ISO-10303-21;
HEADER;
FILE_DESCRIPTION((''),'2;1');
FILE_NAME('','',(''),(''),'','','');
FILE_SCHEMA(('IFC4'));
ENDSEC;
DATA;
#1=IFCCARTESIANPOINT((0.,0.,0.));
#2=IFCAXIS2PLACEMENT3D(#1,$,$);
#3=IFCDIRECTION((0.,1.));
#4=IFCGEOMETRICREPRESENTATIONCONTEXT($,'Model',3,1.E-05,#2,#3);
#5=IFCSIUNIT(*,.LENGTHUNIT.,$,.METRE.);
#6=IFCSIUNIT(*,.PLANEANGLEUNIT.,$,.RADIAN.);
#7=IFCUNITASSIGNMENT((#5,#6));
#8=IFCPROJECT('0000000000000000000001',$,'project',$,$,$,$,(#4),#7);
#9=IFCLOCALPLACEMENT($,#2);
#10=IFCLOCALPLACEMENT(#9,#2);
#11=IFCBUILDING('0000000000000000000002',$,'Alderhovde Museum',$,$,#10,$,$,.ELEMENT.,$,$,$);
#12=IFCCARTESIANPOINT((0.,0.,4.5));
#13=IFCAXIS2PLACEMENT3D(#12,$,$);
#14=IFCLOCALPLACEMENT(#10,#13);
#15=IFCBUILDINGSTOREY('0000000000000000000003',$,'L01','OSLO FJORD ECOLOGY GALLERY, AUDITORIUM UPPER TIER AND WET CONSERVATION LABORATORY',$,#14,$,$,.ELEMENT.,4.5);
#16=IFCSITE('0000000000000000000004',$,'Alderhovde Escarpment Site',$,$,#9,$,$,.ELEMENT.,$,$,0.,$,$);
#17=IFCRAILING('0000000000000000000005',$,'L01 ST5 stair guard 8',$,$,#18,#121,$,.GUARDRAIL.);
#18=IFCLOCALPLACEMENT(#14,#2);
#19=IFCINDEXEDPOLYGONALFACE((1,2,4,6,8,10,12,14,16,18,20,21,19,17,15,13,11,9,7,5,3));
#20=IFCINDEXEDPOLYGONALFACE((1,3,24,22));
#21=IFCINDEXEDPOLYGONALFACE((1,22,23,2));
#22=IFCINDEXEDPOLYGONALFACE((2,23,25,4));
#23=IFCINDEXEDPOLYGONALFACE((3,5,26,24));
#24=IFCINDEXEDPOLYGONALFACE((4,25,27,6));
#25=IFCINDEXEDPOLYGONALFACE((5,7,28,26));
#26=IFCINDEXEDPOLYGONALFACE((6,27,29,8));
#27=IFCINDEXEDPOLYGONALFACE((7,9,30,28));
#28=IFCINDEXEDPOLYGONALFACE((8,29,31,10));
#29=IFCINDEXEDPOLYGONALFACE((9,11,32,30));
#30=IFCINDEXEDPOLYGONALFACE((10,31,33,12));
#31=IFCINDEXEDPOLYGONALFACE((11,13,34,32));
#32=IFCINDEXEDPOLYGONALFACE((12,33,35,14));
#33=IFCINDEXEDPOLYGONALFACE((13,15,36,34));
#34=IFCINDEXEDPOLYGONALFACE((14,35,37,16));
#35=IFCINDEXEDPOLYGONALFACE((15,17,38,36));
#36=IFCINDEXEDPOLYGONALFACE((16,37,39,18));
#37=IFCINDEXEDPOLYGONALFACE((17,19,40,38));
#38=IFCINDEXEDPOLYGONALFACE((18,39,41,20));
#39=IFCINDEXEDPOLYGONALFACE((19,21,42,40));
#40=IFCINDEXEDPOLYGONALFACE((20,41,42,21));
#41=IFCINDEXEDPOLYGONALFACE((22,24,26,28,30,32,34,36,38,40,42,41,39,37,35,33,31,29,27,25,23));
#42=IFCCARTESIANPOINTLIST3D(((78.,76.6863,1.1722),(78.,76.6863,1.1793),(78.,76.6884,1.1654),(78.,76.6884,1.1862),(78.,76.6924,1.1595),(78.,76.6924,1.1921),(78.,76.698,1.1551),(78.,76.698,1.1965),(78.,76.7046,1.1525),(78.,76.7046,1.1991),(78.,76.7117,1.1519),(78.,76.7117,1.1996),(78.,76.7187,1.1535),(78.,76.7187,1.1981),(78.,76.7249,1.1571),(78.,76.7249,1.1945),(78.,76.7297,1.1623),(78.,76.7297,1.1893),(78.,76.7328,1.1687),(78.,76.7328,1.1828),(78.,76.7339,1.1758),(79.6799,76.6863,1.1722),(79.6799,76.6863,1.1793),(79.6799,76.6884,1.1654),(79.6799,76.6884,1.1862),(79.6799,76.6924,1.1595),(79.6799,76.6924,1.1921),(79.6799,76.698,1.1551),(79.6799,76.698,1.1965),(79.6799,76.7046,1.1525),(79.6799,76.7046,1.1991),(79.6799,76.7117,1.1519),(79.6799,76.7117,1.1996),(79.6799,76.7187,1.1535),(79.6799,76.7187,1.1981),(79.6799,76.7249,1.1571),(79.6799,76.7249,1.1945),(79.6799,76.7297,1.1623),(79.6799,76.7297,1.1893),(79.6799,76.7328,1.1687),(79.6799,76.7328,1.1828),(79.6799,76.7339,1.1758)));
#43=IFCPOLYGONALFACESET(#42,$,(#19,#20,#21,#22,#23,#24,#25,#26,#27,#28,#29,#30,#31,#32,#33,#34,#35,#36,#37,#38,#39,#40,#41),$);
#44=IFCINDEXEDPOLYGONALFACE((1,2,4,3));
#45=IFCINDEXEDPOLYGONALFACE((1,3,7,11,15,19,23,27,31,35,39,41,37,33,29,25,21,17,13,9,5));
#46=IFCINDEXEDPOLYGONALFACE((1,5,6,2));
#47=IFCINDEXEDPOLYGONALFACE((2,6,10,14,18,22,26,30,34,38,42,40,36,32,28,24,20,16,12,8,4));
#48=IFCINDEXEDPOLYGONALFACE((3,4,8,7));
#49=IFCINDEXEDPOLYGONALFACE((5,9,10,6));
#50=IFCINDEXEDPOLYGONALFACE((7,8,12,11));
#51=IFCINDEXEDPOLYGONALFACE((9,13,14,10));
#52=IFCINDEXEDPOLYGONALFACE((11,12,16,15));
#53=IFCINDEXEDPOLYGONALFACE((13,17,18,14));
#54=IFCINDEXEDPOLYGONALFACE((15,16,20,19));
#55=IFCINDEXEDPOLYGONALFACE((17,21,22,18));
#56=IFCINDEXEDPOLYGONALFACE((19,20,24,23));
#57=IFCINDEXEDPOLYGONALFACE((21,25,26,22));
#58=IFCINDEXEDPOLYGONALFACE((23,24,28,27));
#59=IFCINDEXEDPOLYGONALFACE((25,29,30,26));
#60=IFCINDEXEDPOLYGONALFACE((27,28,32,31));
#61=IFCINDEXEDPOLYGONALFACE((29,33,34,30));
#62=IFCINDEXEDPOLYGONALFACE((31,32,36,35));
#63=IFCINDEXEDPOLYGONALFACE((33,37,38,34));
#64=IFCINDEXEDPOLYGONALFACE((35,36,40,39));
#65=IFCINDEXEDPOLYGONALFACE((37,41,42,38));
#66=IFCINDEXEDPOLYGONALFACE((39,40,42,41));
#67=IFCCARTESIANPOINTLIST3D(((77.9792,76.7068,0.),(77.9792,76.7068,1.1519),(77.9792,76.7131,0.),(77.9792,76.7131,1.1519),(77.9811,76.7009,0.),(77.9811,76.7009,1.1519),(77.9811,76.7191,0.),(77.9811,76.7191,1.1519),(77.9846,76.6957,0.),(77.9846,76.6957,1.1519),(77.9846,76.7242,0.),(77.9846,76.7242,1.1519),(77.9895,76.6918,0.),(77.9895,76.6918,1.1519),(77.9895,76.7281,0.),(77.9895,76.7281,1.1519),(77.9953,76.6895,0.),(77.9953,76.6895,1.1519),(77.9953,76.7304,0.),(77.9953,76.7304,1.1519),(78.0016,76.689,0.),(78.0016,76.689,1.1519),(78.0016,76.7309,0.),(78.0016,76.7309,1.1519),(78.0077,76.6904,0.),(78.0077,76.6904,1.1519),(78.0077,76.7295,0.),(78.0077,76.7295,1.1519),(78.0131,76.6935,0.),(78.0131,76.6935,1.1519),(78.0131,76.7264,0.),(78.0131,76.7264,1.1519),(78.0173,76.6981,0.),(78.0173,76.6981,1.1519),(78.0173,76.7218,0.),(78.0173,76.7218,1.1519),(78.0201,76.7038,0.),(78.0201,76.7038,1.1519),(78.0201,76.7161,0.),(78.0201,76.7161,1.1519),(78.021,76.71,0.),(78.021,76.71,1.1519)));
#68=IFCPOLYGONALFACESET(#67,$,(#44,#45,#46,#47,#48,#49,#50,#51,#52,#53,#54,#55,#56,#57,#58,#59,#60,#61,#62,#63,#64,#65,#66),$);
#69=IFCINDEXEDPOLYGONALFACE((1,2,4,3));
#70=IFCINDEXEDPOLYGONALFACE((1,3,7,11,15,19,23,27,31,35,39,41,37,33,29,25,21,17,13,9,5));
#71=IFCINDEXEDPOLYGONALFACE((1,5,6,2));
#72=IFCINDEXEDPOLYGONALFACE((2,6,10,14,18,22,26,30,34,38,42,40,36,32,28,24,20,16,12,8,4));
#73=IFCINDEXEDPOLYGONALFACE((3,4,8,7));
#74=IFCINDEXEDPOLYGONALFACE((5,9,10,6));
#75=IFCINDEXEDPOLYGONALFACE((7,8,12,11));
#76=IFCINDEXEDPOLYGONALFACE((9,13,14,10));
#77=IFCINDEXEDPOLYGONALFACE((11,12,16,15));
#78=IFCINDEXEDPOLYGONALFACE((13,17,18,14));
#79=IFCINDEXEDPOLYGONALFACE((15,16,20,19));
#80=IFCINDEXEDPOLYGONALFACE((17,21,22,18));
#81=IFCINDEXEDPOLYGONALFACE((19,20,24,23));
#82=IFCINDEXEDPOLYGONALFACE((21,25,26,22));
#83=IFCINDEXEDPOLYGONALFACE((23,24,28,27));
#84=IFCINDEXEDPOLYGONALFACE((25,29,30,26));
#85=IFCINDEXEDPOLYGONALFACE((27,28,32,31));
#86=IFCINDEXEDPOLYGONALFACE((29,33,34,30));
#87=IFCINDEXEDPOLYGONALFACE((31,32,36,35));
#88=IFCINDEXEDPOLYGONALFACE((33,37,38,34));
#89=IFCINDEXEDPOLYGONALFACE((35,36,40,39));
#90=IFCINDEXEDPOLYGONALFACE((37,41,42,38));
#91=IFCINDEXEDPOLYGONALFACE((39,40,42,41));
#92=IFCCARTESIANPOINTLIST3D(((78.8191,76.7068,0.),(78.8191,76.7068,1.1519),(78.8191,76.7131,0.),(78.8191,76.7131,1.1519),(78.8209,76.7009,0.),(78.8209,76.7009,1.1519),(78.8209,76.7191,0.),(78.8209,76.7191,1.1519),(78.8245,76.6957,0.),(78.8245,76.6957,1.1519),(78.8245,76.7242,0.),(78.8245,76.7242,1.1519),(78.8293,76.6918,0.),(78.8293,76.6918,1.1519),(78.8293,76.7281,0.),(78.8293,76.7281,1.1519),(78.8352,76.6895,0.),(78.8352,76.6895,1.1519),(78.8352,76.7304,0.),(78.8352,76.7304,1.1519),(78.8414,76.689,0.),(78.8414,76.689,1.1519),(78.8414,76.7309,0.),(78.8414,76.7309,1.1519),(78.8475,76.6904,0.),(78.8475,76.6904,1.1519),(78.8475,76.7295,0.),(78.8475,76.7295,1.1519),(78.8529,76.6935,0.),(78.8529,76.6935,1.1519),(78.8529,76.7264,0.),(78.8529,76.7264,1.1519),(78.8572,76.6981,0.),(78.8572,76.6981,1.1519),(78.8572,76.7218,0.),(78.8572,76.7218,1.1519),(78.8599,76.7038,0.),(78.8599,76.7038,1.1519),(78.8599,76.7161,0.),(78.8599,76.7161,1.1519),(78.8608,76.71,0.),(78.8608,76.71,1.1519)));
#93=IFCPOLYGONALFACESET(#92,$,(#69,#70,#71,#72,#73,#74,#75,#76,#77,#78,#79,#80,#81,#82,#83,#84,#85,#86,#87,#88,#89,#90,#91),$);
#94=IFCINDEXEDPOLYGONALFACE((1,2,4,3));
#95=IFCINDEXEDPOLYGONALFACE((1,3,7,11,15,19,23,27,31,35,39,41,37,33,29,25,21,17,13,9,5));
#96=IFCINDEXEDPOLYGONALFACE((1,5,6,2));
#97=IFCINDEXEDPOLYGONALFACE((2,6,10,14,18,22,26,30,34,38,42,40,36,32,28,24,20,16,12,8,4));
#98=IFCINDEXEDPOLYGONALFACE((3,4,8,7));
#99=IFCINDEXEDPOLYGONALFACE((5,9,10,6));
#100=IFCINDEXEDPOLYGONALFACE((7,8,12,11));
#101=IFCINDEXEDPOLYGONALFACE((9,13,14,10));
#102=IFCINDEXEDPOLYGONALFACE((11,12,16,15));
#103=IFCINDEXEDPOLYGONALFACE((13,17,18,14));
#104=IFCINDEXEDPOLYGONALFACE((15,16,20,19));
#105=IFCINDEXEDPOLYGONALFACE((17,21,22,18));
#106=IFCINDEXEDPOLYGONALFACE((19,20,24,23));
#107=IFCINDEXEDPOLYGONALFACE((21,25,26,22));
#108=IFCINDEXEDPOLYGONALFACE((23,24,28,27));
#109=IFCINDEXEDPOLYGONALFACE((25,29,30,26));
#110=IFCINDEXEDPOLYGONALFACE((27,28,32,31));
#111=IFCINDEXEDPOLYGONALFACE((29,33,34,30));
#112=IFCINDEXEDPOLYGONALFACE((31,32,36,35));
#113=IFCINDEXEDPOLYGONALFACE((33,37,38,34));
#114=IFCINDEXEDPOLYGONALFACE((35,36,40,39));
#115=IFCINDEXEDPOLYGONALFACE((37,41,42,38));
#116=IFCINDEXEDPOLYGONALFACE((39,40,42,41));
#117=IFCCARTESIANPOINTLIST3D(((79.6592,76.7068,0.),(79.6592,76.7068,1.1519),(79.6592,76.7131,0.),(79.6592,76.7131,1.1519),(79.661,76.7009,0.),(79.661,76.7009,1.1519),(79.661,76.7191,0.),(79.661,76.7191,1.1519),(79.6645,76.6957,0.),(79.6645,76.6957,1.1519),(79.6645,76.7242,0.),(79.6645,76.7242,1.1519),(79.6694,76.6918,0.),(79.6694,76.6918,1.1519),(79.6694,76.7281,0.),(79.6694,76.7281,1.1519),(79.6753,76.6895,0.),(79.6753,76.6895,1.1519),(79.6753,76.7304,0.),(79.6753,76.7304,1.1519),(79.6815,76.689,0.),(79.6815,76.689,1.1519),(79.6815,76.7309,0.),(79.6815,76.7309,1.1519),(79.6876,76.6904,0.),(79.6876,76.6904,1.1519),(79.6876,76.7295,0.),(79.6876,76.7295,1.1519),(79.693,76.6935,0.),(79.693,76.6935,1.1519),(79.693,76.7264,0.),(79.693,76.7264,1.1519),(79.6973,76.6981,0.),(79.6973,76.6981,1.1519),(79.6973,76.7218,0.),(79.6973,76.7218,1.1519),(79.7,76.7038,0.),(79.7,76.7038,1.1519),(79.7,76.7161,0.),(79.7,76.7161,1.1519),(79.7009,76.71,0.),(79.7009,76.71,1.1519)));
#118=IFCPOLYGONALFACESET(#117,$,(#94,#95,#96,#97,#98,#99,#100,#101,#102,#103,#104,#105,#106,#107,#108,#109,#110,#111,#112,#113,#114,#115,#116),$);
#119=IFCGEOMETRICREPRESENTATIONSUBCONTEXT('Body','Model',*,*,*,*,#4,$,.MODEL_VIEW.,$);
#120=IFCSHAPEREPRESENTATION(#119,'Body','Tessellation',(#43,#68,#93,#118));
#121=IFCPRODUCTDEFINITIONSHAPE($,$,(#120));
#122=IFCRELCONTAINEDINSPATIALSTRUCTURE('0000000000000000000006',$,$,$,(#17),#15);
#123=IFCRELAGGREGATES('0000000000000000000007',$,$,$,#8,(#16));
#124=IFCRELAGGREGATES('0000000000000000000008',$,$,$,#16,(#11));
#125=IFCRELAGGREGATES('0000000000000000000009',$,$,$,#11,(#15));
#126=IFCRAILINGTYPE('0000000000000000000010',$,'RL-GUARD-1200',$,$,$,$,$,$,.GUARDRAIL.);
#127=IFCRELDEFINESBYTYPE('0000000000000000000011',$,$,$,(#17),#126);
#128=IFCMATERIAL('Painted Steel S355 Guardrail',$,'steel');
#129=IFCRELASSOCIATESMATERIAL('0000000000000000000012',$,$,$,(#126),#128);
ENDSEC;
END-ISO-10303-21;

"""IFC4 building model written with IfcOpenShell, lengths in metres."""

from ifc_helpers import new_model, si_unit, direction, frame, origin, origin_2d, place, context, subcontext, project, spatial, circle, extrude, material, type_object, element, save


model = new_model("IFC4")

# Units and contexts
model_context = context("Model", 3, precision=1e-05, world=origin(), true_north=direction((0.0, 1.0)))
body_context = subcontext(model_context, "Body", "Model", "MODEL_VIEW")
ifc_project = project(units=[si_unit("LENGTHUNIT", "METRE"), si_unit("PLANEANGLEUNIT", "RADIAN")], contexts=[model_context])

# Site, building, storey
site_placement = place(None, origin())
site = spatial("IfcSite", under=ifc_project, at=site_placement, Name="Alderhovde Escarpment Site", CompositionType="ELEMENT", RefElevation=0.0)
building_placement = place(site_placement, origin())
building = spatial("IfcBuilding", under=site, at=building_placement, Name="Alderhovde Museum", CompositionType="ELEMENT")
storey_placement = place(building_placement, frame((0.0, 0.0, 4.5)))
storey = spatial("IfcBuildingStorey", under=building, at=storey_placement, Name="L01", Description="OSLO FJORD ECOLOGY GALLERY, AUDITORIUM UPPER TIER AND WET CONSERVATION LABORATORY", CompositionType="ELEMENT", Elevation=4.5)

# Railing
ifc_material_1 = material(Name="Painted Steel S355 Guardrail", Category="steel")
railing_type_1 = type_object("IfcRailingType", Name="RL-GUARD-1200", PredefinedType="GUARDRAIL", material=ifc_material_1)
for number, where, name in (
    (1, (78.0, 76.71, 0.0), "L01 ST5 stair guard 8"),
):
    element("IfcRailing", number, at=place(storey_placement, frame(where)), inside=storey, type_object=railing_type_1, Name=name, PredefinedType="GUARDRAIL", context=body_context, shape_type="SweptSolid", body=[
        extrude(circle(Radius=0.0239, at=origin_2d()), frame((0.0, 0.0, 1.1758), z_axis=(1.0, 0.0, 0.0), x_axis=(0.0, 1.0, 0.0)), (0.0, 0.0, 1.0), 1.6799),
        extrude(circle(Radius=0.021, at=origin_2d()), origin(), (0.0, 0.0, 1.0), 1.1519),
        extrude(circle(Radius=0.021, at=origin_2d()), frame((0.8398, 0.0, 0.0)), (0.0, 0.0, 1.0), 1.1519),
        extrude(circle(Radius=0.021, at=origin_2d()), frame((1.6799, 0.0, 0.0)), (0.0, 0.0, 1.0), 1.1519),
    ])

save(model, "model.ifc")
